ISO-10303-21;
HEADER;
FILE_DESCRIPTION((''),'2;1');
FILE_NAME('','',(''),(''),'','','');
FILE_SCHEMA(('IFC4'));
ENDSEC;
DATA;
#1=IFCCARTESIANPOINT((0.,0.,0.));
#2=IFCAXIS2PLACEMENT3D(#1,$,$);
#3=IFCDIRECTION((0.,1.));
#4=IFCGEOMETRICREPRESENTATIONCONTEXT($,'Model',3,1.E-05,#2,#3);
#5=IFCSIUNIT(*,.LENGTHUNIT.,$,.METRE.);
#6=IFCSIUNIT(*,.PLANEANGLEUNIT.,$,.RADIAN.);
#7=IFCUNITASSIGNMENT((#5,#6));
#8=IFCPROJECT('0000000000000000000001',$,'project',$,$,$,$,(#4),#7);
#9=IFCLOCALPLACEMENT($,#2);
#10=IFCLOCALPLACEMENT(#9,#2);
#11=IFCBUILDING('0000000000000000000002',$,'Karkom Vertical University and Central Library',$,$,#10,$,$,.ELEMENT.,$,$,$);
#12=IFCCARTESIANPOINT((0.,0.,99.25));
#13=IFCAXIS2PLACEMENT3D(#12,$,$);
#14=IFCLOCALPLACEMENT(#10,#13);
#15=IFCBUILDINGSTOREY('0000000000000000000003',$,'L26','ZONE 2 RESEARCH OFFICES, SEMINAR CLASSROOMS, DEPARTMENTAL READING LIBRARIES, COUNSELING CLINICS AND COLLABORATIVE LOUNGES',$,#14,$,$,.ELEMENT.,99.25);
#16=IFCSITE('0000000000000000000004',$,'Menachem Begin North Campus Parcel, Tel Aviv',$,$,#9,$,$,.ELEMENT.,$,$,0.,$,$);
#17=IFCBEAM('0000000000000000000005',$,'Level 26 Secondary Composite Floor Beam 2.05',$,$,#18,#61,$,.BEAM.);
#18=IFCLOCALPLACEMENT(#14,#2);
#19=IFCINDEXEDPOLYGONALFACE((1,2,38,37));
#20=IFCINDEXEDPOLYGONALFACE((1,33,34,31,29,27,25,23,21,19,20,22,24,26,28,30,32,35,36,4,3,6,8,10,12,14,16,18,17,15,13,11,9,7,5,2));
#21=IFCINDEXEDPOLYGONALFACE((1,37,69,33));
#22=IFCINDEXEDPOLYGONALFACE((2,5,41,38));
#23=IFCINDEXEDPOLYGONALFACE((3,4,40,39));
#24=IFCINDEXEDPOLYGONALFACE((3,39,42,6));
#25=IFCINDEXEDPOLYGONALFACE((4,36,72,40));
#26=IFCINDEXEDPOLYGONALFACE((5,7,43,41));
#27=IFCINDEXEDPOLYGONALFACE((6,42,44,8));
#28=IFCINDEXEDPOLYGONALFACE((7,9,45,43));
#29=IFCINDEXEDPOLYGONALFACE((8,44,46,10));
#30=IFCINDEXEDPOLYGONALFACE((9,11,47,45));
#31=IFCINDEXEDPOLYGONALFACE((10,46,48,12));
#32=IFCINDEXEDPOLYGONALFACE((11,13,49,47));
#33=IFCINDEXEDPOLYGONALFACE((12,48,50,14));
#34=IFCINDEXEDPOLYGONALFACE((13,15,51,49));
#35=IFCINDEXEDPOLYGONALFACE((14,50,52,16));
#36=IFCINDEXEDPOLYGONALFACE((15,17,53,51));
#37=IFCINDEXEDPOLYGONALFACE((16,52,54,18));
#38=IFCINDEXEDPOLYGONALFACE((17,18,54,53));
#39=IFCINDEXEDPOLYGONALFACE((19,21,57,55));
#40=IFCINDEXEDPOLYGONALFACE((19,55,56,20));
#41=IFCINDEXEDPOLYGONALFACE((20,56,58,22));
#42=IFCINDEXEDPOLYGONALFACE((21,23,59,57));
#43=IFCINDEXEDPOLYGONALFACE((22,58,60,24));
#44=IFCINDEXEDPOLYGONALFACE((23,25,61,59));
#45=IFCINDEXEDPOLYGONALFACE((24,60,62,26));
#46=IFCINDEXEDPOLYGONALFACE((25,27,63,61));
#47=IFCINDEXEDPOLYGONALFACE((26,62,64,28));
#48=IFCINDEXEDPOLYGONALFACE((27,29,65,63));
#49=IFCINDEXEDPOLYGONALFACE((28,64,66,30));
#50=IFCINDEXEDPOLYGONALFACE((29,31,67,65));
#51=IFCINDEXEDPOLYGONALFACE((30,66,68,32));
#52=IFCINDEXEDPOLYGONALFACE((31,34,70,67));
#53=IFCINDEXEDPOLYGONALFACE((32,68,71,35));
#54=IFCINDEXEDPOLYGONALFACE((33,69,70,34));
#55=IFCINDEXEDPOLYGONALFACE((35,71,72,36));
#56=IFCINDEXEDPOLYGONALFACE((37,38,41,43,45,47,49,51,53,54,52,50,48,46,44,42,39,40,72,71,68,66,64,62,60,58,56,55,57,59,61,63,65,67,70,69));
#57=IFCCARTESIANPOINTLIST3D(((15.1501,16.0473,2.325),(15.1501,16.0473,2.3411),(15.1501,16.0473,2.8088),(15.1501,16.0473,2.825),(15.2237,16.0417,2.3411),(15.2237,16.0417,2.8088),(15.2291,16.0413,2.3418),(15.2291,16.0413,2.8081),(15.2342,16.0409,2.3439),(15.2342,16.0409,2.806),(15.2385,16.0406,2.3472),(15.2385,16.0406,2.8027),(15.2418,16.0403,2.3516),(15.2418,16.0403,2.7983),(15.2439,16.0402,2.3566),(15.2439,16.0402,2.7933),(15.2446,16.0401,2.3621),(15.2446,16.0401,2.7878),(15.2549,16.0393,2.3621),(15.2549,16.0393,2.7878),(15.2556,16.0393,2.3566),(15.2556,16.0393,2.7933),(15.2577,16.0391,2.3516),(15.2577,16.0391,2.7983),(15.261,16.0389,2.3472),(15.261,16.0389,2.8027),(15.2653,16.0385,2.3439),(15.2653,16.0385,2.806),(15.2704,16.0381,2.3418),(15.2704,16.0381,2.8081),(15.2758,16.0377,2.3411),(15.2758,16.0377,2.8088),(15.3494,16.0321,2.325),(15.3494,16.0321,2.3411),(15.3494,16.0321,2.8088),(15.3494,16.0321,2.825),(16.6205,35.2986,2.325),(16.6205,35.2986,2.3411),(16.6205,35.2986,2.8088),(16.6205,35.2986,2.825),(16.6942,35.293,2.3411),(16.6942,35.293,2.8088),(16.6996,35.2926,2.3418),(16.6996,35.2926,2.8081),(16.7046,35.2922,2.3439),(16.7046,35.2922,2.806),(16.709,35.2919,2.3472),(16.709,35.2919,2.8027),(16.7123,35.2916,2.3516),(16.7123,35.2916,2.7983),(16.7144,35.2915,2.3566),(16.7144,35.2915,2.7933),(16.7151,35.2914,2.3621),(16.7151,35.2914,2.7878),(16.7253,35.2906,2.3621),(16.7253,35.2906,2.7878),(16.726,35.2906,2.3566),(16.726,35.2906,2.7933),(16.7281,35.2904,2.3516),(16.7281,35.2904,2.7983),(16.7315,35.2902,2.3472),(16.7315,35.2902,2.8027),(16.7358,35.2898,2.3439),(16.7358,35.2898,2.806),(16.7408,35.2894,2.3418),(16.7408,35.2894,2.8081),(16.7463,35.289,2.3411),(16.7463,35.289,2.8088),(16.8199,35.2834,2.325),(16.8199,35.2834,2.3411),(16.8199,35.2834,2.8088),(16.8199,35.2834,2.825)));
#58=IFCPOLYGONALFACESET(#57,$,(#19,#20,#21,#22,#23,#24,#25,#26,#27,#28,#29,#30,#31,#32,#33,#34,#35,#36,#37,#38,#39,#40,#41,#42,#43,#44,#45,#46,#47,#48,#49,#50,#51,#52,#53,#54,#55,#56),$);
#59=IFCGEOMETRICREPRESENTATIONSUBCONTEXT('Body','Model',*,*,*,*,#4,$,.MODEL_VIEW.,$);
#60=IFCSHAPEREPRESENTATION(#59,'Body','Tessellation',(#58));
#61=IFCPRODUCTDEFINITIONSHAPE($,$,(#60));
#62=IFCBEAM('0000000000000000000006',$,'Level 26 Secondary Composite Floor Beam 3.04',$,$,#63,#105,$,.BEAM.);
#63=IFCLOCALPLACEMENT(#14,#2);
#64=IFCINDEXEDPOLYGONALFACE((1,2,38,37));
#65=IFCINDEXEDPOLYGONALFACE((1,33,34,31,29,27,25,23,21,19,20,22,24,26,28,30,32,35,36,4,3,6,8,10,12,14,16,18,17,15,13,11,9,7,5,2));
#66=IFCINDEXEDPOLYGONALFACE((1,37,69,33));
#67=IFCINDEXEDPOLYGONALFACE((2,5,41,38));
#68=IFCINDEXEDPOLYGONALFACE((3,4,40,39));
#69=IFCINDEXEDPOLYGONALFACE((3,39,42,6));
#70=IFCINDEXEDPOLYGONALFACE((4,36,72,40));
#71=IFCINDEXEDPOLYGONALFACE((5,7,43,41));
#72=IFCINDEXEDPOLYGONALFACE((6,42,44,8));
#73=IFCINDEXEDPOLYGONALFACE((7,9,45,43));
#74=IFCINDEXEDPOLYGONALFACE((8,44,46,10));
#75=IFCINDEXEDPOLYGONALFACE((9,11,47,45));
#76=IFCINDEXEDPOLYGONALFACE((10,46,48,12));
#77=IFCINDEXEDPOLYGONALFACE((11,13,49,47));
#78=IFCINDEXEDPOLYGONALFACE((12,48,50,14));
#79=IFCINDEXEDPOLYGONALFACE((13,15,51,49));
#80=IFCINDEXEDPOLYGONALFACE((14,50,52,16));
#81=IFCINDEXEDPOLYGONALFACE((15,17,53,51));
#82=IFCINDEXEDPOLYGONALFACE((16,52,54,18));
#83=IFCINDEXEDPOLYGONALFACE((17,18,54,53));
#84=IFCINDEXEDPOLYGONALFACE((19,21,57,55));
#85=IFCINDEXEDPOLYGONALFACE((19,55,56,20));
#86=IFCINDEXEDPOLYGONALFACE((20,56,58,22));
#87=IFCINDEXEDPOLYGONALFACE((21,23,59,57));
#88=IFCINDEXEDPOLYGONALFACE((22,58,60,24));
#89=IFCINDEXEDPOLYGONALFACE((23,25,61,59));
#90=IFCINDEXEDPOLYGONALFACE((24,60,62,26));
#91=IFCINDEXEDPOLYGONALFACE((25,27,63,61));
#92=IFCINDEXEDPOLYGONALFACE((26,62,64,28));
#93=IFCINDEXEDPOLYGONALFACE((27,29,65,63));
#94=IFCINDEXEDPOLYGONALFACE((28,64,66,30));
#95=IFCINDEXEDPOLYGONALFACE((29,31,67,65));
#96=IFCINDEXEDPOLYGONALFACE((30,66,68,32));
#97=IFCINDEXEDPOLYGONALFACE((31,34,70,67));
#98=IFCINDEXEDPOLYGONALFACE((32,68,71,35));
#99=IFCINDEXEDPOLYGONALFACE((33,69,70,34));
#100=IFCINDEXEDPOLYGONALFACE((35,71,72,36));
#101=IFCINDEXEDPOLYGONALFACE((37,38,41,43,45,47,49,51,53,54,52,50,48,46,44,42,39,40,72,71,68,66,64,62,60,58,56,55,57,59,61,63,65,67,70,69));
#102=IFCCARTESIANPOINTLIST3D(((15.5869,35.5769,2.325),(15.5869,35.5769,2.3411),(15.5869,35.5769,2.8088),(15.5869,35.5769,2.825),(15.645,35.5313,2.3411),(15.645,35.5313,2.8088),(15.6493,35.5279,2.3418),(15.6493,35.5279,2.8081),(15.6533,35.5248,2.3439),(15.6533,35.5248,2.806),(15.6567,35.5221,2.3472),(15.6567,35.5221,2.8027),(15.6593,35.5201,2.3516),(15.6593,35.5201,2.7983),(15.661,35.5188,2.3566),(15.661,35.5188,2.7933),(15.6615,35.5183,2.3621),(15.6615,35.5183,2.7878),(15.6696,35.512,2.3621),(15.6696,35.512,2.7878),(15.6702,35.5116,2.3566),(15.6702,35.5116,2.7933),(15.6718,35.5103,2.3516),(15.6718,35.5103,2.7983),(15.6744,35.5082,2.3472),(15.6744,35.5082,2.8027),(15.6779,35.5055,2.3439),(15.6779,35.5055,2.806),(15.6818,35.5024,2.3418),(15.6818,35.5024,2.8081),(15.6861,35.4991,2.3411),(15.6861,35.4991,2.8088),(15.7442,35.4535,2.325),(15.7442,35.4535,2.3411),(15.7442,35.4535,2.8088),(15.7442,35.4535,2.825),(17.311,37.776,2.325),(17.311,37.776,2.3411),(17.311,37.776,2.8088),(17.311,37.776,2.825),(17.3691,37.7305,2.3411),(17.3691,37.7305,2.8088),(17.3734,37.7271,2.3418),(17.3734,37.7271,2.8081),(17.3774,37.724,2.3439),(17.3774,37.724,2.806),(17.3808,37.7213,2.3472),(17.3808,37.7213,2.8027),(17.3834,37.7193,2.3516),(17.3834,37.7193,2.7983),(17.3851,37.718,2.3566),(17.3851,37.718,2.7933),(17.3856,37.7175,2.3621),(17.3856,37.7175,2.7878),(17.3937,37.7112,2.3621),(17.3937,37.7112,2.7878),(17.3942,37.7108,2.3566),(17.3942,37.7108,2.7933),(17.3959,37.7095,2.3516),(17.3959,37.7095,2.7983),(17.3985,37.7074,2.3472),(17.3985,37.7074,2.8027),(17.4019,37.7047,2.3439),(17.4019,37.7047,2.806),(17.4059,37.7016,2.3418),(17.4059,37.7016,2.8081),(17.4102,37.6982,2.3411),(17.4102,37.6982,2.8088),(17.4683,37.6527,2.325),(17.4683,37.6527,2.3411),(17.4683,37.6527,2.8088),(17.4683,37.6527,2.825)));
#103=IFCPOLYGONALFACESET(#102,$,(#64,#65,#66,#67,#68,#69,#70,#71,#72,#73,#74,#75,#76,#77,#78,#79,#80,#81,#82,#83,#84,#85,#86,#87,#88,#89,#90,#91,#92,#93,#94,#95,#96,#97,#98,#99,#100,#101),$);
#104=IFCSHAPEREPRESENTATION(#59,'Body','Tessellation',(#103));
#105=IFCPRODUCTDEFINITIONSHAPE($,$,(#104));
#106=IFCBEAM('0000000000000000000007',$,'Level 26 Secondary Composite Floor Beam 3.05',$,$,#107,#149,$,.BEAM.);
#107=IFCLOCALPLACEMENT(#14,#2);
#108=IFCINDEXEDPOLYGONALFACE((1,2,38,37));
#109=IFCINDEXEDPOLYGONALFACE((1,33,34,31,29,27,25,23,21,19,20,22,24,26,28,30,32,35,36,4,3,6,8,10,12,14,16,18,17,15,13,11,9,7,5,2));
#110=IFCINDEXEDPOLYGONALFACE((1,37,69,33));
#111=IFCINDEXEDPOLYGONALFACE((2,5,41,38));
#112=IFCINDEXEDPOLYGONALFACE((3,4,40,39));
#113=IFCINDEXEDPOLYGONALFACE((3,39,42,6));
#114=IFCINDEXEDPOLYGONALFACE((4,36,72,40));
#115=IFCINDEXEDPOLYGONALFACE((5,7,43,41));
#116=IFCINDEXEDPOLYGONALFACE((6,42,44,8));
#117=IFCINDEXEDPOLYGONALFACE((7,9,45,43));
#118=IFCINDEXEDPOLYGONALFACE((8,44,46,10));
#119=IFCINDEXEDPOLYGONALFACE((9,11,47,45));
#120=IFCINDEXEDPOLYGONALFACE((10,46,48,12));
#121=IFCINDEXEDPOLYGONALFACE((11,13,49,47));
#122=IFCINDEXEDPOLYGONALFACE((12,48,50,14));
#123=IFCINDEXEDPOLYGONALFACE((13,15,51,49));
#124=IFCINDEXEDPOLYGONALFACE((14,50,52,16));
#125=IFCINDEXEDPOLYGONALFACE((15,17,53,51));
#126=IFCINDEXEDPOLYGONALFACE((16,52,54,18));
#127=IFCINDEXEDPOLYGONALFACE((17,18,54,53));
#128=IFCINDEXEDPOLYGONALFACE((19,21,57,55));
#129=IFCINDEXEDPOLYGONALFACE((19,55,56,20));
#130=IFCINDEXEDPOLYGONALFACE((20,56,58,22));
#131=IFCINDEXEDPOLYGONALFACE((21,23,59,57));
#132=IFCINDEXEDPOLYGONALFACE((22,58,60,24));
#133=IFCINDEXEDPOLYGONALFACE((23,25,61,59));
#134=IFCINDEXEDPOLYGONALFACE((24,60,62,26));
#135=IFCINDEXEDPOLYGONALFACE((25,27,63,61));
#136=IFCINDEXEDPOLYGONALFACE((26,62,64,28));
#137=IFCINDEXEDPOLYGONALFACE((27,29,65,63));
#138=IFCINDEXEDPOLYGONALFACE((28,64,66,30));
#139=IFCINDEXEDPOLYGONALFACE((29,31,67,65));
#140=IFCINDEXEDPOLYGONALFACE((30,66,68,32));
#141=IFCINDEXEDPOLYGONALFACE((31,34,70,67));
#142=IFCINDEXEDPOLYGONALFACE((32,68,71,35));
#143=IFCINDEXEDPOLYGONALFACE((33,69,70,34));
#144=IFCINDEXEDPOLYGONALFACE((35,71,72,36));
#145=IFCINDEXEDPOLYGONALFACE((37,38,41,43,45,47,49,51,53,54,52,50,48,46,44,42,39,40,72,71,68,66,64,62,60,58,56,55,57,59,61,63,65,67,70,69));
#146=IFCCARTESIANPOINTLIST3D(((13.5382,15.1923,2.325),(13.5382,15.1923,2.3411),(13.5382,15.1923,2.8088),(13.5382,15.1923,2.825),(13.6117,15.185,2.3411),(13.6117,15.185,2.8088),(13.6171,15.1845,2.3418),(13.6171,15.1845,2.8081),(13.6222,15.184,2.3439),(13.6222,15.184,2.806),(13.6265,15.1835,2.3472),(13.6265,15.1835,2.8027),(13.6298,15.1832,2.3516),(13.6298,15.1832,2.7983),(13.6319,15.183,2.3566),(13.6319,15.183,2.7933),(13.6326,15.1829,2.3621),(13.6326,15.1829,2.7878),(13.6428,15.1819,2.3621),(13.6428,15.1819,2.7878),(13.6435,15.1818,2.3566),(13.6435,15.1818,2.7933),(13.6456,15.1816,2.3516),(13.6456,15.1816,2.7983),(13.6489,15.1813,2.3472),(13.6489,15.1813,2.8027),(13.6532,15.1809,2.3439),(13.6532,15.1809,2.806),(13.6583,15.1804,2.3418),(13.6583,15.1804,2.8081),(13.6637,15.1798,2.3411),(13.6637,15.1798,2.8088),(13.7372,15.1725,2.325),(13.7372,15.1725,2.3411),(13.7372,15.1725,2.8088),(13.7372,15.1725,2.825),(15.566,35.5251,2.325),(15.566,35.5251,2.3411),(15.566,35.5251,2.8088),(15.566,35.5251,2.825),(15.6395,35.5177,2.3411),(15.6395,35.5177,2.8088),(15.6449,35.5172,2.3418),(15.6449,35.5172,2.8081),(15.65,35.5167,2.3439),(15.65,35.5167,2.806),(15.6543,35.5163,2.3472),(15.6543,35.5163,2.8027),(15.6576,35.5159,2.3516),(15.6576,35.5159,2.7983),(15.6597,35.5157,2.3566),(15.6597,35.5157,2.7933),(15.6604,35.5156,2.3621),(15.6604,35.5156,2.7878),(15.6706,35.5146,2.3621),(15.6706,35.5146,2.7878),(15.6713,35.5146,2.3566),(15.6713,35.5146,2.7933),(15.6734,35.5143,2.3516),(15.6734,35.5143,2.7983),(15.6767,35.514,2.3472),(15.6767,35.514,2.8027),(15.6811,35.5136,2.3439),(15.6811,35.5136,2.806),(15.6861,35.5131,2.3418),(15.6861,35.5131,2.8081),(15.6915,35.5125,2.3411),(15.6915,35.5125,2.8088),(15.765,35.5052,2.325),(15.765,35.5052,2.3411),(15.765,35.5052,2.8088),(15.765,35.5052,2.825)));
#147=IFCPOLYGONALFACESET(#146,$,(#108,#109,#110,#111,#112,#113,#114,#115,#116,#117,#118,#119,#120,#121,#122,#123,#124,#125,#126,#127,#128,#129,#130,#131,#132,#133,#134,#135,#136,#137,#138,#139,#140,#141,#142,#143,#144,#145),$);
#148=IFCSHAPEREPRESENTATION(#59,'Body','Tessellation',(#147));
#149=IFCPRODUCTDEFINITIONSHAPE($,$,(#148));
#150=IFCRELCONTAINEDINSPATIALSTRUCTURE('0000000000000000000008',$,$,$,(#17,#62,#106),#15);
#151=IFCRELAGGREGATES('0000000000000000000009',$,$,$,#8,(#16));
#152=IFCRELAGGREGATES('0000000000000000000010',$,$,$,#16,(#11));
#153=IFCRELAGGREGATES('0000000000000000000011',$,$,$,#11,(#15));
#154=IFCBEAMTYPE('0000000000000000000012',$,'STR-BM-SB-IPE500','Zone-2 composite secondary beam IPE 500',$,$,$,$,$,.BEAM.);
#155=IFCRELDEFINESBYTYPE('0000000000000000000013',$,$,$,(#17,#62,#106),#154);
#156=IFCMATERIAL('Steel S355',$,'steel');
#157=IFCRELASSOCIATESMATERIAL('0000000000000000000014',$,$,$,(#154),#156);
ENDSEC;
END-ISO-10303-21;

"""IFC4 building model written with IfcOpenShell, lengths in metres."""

from ifc_helpers import new_model, si_unit, direction, frame, origin, origin_with_axes, origin_2d, place, context, subcontext, project, spatial, i_section, extrude, source, transform, mapped, material, material_profile, profile_set, type_object, element, save


model = new_model("IFC4")

# Units and contexts
model_context = context("Model", 3, precision=1e-05, world=origin(), true_north=direction((0.0, 1.0)))
body_context = subcontext(model_context, "Body", "Model", "MODEL_VIEW")
ifc_project = project(units=[si_unit("LENGTHUNIT", "METRE"), si_unit("PLANEANGLEUNIT", "RADIAN")], contexts=[model_context])

# Site, building, storey
site_placement = place(None, origin())
site = spatial("IfcSite", under=ifc_project, at=site_placement, Name="Menachem Begin North Campus Parcel, Tel Aviv", CompositionType="ELEMENT", RefElevation=0.0)
building_placement = place(site_placement, origin())
building = spatial("IfcBuilding", under=site, at=building_placement, Name="Karkom Vertical University and Central Library", CompositionType="ELEMENT")
storey_placement = place(building_placement, frame((0.0, 0.0, 99.25)))
storey = spatial("IfcBuildingStorey", under=building, at=storey_placement, Name="L26", Description="ZONE 2 RESEARCH OFFICES, SEMINAR CLASSROOMS, DEPARTMENTAL READING LIBRARIES, COUNSELING CLINICS AND COLLABORATIVE LOUNGES", CompositionType="ELEMENT", Elevation=99.25)

# Beams
ifc_material_1 = material(Name="Steel S355", Category="steel")
ifc_material_profile_1 = material_profile(ifc_material_1, i_section(OverallWidth=0.2, OverallDepth=0.5, WebThickness=0.0103, FlangeThickness=0.0161, FilletRadius=0.021, at=origin_2d()), Name="IPE 500")
ifc_profile_set_1 = profile_set([ifc_material_profile_1], Name="Steel S355")
beam_type_1 = type_object("IfcBeamType", Name="STR-BM-SB-IPE500", Description="Zone-2 composite secondary beam IPE 500", PredefinedType="BEAM", material=ifc_profile_set_1)
shared_shape_1 = source(origin_with_axes(), body_context, "Body", "SweptSolid", [
    extrude(i_section(OverallWidth=0.2, OverallDepth=0.5, WebThickness=0.0103, FlangeThickness=0.0161, FilletRadius=0.021, at=origin_2d()), origin(), (0.0, 0.0, 1.0), 19.3074),
])
beam_1_placement = place(storey_placement, frame((16.7202, 35.291, 2.575), z_axis=(-0.076161, -0.997096, 0.0), x_axis=(0.997096, -0.076161, 0.0)))
element("IfcBeam", 1, at=beam_1_placement, inside=storey, type_object=beam_type_1, Name="Level 26 Secondary Composite Floor Beam 2.05", PredefinedType="BEAM", context=body_context, shape_type="MappedRepresentation", body=[
    mapped(shared_shape_1, transform((0.0, 0.0, 0.0), scale=1.0)),
])
shared_shape_2 = source(origin_with_axes(), body_context, "Body", "SweptSolid", [
    extrude(i_section(OverallWidth=0.2, OverallDepth=0.5, WebThickness=0.0103, FlangeThickness=0.0161, FilletRadius=0.021, at=origin_2d()), origin(), (0.0, 0.0, 1.0), 2.7944),
])
beam_2_placement = place(storey_placement, frame((17.3896, 37.7144, 2.575), z_axis=(-0.616972, -0.786985, 0.0), x_axis=(0.786985, -0.616972, 0.0)))
element("IfcBeam", 2, at=beam_2_placement, inside=storey, type_object=beam_type_1, Name="Level 26 Secondary Composite Floor Beam 3.04", PredefinedType="BEAM", context=body_context, shape_type="MappedRepresentation", body=[
    mapped(shared_shape_2, transform((0.0, 0.0, 0.0), scale=1.0)),
])
shared_shape_3 = source(origin_with_axes(), body_context, "Body", "SweptSolid", [
    extrude(i_section(OverallWidth=0.2, OverallDepth=0.5, WebThickness=0.0103, FlangeThickness=0.0161, FilletRadius=0.021, at=origin_2d()), origin(), (0.0, 0.0, 1.0), 20.4336),
])
beam_3_placement = place(storey_placement, frame((15.6655, 35.5151, 2.575), z_axis=(-0.09924, -0.995064, 0.0), x_axis=(0.995064, -0.09924, 0.0)))
element("IfcBeam", 3, at=beam_3_placement, inside=storey, type_object=beam_type_1, Name="Level 26 Secondary Composite Floor Beam 3.05", PredefinedType="BEAM", context=body_context, shape_type="MappedRepresentation", body=[
    mapped(shared_shape_3, transform((0.0, 0.0, 0.0), scale=1.0)),
])

save(model, "model.ifc")
